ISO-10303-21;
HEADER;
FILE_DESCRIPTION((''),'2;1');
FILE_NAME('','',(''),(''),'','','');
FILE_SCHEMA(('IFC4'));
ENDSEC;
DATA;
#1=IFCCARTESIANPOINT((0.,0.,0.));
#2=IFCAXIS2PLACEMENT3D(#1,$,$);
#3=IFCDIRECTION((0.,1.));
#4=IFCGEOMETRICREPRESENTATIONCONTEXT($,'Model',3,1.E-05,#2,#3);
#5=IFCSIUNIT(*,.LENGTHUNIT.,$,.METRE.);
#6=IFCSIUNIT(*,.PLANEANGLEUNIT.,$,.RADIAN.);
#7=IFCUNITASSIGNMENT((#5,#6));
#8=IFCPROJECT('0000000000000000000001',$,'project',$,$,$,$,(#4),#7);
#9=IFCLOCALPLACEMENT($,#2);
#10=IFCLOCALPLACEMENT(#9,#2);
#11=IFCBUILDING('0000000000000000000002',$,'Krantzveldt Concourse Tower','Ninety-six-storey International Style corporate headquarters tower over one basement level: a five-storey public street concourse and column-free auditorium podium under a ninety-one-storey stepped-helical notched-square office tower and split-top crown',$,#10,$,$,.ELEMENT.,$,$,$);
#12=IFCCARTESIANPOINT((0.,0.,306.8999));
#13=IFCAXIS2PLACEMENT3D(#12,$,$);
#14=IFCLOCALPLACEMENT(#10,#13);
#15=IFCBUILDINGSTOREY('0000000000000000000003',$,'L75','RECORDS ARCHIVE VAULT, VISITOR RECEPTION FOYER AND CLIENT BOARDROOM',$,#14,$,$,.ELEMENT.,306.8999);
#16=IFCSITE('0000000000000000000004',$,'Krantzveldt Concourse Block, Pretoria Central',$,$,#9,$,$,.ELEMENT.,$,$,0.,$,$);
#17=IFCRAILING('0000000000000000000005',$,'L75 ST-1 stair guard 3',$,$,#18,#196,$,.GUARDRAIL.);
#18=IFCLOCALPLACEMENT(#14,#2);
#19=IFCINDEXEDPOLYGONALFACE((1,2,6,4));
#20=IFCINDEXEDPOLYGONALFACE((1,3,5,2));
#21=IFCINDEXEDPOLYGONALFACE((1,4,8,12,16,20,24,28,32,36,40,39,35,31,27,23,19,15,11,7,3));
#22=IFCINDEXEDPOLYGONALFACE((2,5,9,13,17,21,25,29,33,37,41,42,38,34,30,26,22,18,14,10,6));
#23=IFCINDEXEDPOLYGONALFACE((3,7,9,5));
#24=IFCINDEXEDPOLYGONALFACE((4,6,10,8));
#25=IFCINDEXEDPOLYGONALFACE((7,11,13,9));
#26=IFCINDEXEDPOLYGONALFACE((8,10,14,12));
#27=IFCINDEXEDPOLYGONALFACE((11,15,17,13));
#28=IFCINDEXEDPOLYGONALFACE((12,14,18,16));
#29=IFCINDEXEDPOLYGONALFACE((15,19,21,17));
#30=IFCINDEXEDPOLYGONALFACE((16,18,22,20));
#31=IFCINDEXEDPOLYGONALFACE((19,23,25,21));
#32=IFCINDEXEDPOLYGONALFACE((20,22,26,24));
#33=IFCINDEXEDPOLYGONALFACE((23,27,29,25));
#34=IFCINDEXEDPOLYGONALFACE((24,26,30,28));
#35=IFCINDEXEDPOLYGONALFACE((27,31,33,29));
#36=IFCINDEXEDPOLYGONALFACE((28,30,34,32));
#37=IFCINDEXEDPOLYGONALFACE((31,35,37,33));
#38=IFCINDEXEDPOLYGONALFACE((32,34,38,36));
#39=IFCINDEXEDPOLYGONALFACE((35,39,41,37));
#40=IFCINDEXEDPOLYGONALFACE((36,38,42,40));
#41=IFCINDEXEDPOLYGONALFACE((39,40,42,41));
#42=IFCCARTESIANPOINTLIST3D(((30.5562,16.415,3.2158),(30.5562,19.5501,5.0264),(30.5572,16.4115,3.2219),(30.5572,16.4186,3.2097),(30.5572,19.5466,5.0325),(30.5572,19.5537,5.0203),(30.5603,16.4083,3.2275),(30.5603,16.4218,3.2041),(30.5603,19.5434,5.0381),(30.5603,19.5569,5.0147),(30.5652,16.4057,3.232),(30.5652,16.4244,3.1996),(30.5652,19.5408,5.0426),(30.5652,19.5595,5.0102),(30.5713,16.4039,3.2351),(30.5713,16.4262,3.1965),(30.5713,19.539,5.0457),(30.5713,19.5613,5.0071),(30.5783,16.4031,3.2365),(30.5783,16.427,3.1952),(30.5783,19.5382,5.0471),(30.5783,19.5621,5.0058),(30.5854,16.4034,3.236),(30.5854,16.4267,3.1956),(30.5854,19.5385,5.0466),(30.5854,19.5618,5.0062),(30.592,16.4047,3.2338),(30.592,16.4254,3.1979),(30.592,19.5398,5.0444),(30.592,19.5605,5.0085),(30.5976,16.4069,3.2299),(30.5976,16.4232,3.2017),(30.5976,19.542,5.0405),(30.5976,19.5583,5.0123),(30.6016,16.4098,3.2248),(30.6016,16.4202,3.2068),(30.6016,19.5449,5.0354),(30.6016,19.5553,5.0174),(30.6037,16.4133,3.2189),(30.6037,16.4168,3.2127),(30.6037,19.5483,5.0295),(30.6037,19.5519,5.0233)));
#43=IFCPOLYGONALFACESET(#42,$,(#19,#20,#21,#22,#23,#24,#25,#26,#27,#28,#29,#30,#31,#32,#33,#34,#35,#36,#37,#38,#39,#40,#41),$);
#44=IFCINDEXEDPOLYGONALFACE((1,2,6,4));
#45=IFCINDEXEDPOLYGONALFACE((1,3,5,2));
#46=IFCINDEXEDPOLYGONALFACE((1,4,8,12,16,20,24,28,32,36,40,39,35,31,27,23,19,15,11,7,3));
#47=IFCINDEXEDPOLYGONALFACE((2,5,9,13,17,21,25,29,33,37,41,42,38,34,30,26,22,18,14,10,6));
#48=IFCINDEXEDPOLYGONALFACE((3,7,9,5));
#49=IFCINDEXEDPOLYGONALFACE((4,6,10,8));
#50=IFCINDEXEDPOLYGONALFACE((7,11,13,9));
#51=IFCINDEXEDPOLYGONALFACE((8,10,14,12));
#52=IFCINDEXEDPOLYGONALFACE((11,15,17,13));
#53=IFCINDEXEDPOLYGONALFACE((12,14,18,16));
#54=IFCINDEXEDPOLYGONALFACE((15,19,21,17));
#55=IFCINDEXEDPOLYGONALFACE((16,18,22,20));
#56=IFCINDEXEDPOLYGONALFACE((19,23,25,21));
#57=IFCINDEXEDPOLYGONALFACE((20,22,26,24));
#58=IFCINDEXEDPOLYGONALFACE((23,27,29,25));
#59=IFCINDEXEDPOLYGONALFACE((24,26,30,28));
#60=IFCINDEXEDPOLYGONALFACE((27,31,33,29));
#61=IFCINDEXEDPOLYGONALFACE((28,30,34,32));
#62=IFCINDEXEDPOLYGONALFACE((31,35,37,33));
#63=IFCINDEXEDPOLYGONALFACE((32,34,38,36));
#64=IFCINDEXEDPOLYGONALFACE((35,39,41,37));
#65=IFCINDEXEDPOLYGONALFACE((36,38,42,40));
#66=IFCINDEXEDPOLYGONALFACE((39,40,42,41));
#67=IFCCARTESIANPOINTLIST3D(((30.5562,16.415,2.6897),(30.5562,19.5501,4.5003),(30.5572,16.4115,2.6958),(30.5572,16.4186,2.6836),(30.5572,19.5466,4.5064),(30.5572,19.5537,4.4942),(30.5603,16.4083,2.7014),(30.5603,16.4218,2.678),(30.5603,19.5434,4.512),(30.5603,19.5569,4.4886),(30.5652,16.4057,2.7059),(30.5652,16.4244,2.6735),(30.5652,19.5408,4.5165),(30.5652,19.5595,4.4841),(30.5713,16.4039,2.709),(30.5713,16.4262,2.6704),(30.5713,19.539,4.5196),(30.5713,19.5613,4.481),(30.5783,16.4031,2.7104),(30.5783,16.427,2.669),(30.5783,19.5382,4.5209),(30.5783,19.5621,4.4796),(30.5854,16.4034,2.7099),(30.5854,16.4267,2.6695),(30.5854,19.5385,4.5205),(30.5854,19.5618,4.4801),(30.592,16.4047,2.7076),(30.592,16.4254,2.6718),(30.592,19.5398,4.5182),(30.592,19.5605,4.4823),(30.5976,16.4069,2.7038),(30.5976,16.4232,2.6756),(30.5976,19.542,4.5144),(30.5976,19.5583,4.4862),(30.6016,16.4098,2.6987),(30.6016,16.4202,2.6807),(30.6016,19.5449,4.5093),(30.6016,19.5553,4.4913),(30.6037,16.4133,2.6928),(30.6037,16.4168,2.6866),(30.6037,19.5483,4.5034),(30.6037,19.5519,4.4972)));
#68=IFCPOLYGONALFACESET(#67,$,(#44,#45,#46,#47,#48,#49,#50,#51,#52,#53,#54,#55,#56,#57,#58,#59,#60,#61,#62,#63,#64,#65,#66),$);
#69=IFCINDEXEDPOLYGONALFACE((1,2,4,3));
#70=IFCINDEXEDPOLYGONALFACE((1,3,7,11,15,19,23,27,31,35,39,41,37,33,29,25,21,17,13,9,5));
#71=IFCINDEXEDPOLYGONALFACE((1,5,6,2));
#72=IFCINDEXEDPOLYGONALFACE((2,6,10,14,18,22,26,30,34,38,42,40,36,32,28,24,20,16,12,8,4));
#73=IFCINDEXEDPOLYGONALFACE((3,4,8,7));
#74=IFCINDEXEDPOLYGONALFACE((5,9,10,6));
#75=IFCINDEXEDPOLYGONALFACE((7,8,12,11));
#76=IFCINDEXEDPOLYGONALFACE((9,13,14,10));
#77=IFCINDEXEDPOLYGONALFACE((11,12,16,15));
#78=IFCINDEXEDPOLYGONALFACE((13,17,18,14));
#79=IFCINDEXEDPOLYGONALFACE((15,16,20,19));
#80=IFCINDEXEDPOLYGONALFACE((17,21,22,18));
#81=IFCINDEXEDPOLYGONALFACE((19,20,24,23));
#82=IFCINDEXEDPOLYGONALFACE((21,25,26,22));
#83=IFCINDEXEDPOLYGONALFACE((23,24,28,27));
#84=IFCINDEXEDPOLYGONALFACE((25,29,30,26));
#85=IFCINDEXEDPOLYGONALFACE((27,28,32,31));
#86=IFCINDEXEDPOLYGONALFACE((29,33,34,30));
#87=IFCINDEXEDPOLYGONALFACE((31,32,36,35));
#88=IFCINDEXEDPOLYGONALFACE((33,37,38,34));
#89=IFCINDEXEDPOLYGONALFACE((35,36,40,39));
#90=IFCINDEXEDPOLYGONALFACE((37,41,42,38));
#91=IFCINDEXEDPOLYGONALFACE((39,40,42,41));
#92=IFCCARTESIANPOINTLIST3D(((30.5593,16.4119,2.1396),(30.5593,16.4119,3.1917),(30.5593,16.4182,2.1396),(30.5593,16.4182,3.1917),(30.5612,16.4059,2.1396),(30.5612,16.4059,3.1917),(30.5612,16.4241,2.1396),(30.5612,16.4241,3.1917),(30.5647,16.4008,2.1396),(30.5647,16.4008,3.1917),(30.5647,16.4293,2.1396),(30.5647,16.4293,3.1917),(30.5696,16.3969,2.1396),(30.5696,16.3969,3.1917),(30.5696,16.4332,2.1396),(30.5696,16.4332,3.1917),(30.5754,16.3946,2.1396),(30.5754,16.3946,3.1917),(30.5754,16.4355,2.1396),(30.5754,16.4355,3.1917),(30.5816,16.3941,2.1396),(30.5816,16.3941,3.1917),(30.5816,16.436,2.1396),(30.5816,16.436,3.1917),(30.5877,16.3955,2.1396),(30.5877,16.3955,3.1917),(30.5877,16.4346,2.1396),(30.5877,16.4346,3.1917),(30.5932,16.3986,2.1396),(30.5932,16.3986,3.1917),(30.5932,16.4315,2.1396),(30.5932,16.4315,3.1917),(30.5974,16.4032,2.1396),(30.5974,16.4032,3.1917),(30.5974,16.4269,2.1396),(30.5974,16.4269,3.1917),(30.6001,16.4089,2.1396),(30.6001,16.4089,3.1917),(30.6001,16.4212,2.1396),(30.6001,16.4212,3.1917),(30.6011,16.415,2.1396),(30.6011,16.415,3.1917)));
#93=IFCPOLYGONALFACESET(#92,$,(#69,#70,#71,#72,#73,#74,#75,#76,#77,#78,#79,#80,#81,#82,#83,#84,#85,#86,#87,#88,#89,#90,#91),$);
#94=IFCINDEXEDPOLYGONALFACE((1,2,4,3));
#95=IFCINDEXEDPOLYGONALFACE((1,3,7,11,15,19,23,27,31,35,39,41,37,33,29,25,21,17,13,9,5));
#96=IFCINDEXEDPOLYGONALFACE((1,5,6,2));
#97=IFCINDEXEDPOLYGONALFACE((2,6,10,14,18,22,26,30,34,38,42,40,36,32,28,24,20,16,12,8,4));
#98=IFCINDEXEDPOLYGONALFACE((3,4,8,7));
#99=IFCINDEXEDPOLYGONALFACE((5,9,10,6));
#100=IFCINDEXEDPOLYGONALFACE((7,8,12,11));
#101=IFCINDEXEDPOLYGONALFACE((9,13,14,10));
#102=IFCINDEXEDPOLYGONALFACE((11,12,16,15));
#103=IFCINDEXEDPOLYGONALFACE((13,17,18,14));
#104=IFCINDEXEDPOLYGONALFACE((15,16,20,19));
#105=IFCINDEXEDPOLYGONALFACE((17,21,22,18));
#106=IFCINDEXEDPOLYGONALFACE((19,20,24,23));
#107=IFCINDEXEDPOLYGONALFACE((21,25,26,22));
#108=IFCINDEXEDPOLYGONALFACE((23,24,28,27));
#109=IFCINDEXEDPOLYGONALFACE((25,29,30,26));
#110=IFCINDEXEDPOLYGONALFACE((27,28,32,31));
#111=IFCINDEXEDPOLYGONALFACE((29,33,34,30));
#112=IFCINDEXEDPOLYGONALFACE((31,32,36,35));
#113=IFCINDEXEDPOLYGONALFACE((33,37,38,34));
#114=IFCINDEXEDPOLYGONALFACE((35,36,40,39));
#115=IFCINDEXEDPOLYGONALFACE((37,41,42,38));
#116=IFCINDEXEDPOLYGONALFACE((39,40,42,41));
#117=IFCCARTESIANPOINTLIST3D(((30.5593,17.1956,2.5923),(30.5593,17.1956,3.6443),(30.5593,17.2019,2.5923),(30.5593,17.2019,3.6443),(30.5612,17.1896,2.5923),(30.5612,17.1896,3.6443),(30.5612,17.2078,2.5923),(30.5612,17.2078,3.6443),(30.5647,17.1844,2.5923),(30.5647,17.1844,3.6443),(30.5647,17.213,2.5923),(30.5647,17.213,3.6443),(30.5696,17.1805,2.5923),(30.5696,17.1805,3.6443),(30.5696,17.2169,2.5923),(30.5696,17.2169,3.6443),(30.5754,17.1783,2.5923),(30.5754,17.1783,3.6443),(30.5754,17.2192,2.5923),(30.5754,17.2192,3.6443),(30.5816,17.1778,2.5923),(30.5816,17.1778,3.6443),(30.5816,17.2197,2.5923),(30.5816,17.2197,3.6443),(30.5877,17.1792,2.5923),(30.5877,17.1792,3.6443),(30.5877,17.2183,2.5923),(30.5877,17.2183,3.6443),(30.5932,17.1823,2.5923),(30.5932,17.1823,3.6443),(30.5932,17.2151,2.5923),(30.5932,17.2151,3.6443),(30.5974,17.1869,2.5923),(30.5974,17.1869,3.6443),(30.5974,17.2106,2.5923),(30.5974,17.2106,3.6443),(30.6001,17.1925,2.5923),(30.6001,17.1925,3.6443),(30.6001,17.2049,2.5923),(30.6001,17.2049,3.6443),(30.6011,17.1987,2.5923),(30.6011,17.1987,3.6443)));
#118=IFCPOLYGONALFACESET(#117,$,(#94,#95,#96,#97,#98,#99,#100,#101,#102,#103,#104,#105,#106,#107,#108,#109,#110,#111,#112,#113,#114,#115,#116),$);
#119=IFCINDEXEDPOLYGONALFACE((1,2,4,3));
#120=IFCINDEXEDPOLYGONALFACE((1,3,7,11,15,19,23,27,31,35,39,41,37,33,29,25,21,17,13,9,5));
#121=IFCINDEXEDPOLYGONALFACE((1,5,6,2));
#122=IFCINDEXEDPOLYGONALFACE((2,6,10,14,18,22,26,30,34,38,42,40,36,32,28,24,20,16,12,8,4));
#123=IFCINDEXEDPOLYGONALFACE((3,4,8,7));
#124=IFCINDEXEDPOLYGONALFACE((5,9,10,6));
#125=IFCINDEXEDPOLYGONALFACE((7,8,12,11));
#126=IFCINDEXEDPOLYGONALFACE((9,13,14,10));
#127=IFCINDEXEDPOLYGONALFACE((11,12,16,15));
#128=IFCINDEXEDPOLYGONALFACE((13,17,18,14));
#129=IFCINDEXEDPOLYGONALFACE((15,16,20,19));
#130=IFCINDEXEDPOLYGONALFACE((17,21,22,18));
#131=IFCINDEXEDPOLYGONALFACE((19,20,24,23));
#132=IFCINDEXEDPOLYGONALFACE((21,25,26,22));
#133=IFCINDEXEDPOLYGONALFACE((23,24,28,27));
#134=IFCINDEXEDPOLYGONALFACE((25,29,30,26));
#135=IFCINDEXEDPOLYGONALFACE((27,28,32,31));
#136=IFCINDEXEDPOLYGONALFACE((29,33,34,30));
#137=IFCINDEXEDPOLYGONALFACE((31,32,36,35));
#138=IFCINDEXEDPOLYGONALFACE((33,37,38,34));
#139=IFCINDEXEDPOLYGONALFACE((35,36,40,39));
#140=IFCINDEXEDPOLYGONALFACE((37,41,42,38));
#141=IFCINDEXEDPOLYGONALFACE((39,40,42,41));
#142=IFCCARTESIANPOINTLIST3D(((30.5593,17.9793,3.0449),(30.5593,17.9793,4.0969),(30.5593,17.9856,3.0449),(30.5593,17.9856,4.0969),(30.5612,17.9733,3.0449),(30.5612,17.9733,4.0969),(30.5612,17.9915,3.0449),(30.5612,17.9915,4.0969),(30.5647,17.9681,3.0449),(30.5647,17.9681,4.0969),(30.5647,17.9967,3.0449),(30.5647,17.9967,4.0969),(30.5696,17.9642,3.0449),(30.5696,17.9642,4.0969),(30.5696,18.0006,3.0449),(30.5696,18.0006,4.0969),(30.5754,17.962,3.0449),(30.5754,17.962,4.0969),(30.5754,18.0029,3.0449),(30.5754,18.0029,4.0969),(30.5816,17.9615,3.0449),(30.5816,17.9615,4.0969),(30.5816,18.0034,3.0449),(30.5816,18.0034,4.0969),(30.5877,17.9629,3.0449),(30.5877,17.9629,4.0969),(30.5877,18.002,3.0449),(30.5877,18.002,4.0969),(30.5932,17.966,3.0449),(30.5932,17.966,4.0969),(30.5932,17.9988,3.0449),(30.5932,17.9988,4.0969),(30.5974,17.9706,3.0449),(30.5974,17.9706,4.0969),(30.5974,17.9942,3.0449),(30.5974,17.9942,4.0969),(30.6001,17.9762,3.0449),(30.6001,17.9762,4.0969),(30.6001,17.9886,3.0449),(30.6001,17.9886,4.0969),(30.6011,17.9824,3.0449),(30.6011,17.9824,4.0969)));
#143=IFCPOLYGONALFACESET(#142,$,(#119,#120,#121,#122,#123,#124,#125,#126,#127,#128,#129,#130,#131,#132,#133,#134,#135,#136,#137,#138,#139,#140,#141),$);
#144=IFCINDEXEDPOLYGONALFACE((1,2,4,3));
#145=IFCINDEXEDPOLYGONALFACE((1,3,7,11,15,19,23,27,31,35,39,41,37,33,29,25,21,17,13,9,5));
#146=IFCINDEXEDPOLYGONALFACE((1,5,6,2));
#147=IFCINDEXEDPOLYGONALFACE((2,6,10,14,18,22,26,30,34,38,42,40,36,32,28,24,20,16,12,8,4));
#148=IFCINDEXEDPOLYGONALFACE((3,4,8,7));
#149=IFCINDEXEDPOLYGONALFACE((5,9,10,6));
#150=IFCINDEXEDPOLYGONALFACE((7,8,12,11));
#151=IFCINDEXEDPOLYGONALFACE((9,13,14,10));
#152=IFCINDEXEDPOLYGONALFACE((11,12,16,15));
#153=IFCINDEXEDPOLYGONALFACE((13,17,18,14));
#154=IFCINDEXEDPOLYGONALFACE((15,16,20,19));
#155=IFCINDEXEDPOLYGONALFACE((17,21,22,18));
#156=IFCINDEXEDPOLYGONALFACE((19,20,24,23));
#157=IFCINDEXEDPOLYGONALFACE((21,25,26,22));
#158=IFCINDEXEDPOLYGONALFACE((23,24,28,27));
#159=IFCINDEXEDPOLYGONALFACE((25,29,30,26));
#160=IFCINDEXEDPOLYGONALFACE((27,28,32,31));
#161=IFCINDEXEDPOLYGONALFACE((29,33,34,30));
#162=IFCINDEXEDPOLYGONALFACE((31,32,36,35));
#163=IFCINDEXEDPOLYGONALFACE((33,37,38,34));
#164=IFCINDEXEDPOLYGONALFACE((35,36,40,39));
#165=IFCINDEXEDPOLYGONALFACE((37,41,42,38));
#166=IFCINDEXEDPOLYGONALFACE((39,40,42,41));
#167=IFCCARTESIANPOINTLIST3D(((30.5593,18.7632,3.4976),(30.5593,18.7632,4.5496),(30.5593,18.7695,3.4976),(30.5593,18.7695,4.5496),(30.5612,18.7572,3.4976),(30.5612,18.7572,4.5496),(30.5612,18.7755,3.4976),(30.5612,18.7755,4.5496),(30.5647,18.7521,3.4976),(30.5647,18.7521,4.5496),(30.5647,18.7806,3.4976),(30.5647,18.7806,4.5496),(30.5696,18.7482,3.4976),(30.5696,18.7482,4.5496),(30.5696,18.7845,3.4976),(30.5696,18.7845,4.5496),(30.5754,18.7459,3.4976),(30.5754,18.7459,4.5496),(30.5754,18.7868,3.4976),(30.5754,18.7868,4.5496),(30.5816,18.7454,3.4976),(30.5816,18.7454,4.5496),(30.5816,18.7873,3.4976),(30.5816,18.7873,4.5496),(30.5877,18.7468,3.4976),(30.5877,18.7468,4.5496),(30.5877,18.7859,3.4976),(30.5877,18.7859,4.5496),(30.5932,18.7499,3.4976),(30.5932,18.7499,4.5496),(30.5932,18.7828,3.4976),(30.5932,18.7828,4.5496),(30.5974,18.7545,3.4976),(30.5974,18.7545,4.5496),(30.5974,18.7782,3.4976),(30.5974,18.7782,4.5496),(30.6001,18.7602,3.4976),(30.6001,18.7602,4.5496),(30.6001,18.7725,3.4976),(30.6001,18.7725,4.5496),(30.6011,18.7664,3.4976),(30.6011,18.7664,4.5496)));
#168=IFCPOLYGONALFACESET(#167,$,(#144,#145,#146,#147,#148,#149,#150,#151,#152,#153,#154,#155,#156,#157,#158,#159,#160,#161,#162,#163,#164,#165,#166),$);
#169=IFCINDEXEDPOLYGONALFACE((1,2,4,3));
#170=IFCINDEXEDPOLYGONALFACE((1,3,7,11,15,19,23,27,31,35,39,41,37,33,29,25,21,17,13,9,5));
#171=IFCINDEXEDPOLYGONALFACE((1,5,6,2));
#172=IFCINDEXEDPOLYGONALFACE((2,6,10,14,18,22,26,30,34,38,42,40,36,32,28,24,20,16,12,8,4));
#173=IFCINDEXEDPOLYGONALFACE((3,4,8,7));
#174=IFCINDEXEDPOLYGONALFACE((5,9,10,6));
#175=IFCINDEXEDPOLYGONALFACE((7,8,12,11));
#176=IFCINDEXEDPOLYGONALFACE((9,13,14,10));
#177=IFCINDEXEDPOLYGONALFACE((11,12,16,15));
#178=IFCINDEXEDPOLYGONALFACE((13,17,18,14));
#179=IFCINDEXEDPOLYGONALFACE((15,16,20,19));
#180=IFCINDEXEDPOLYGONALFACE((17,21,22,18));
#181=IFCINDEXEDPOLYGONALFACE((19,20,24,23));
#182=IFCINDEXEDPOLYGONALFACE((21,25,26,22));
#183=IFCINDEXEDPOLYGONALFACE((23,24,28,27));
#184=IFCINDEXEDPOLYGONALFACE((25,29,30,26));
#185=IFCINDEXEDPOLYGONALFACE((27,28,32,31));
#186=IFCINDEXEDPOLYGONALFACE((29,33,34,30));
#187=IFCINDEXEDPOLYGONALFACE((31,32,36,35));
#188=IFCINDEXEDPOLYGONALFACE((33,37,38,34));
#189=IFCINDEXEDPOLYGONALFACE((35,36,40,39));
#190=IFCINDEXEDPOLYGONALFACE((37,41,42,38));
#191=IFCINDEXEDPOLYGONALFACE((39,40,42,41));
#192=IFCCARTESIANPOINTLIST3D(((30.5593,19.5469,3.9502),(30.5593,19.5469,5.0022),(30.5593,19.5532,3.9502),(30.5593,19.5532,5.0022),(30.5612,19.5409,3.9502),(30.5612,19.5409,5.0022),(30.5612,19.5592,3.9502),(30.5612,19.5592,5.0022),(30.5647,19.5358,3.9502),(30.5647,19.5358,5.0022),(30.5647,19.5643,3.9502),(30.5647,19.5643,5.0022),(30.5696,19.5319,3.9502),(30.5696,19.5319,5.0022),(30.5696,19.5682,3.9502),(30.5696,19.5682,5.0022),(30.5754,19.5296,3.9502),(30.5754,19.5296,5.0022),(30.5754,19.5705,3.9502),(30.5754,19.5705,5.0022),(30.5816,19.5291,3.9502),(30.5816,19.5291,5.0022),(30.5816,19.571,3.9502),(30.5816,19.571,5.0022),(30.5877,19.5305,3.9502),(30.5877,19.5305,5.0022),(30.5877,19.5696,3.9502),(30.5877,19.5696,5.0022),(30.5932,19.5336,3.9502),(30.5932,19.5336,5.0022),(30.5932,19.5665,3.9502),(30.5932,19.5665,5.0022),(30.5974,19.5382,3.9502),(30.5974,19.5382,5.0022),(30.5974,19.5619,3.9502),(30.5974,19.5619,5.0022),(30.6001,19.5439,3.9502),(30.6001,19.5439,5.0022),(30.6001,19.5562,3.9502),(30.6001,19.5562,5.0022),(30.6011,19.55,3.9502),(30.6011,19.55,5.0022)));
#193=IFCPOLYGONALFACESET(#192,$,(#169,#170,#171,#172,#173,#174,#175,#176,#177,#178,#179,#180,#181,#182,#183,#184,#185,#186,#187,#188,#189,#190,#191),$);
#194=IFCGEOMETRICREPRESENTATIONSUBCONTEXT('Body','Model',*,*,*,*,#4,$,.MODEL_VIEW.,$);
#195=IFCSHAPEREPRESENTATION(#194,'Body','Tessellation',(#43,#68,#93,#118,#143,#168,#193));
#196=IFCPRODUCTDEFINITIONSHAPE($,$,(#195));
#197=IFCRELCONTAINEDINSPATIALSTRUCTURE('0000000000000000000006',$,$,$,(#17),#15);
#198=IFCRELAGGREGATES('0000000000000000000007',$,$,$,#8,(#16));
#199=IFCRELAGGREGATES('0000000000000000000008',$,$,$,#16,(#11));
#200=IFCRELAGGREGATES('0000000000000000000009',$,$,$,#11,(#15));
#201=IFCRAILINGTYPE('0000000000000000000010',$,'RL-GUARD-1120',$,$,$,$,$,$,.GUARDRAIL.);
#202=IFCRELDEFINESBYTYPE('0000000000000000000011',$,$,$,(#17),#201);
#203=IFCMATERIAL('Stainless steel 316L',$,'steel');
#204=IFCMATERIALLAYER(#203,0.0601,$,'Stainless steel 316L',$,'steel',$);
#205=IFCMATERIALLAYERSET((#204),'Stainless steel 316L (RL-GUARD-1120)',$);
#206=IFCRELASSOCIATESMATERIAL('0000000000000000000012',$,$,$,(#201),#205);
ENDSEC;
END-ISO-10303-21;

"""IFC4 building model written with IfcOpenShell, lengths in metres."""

from ifc_helpers import new_model, si_unit, direction, frame, origin, origin_2d, place, context, subcontext, project, spatial, circle, extrude, material, layer, layer_set, type_object, element, save


model = new_model("IFC4")

# Units and contexts
model_context = context("Model", 3, precision=1e-05, world=origin(), true_north=direction((0.0, 1.0)))
body_context = subcontext(model_context, "Body", "Model", "MODEL_VIEW")
ifc_project = project(units=[si_unit("LENGTHUNIT", "METRE"), si_unit("PLANEANGLEUNIT", "RADIAN")], contexts=[model_context])

# Site, building, storey
site_placement = place(None, origin())
site = spatial("IfcSite", under=ifc_project, at=site_placement, Name="Krantzveldt Concourse Block, Pretoria Central", CompositionType="ELEMENT", RefElevation=0.0)
building_placement = place(site_placement, origin())
building = spatial("IfcBuilding", under=site, at=building_placement, Name="Krantzveldt Concourse Tower", Description="Ninety-six-storey International Style corporate headquarters tower over one basement level: a five-storey public street concourse and column-free auditorium podium under a ninety-one-storey stepped-helical notched-square office tower and split-top crown", CompositionType="ELEMENT")
storey_placement = place(building_placement, frame((0.0, 0.0, 306.8999)))
storey = spatial("IfcBuildingStorey", under=building, at=storey_placement, Name="L75", Description="RECORDS ARCHIVE VAULT, VISITOR RECEPTION FOYER AND CLIENT BOARDROOM", CompositionType="ELEMENT", Elevation=306.8999)

# Railing
ifc_material_1 = material(Name="Stainless steel 316L", Category="steel")
ifc_layer_1 = layer(ifc_material_1, 0.0601, Name="Stainless steel 316L", Category="steel")
ifc_layer_set_1 = layer_set([ifc_layer_1], Name="Stainless steel 316L (RL-GUARD-1120)")
railing_type_1 = type_object("IfcRailingType", Name="RL-GUARD-1120", PredefinedType="GUARDRAIL", material=ifc_layer_set_1)
railing_1_placement = place(storey_placement, frame((30.5801, 16.415, 2.1396)))
element("IfcRailing", 1, at=railing_1_placement, inside=storey, type_object=railing_type_1, Name="L75 ST-1 stair guard 3", PredefinedType="GUARDRAIL", context=body_context, shape_type="SweptSolid", body=[
    extrude(circle(Radius=0.0239, at=origin_2d()), frame((0.0, 0.0, 1.0762), z_axis=(0.0, 0.86596, 0.500114), x_axis=(-1.0, 0.0, 0.0)), (0.0, 0.0, 1.0), 3.6204),
    extrude(circle(Radius=0.0239, at=origin_2d()), frame((0.0, 0.0, 0.55), z_axis=(0.0, 0.86596, 0.500114), x_axis=(-1.0, 0.0, 0.0)), (0.0, 0.0, 1.0), 3.6204),
    extrude(circle(Radius=0.021, at=origin_2d()), origin(), (0.0, 0.0, 1.0), 1.052),
    extrude(circle(Radius=0.021, at=origin_2d()), frame((0.0, 0.7837, 0.4526)), (0.0, 0.0, 1.0), 1.052),
    extrude(circle(Radius=0.021, at=origin_2d()), frame((0.0, 1.5674, 0.9053)), (0.0, 0.0, 1.0), 1.052),
    extrude(circle(Radius=0.021, at=origin_2d()), frame((0.0, 2.3513, 1.3579)), (0.0, 0.0, 1.0), 1.052),
    extrude(circle(Radius=0.021, at=origin_2d()), frame((0.0, 3.135, 1.8105)), (0.0, 0.0, 1.0), 1.052),
])

save(model, "model.ifc")
